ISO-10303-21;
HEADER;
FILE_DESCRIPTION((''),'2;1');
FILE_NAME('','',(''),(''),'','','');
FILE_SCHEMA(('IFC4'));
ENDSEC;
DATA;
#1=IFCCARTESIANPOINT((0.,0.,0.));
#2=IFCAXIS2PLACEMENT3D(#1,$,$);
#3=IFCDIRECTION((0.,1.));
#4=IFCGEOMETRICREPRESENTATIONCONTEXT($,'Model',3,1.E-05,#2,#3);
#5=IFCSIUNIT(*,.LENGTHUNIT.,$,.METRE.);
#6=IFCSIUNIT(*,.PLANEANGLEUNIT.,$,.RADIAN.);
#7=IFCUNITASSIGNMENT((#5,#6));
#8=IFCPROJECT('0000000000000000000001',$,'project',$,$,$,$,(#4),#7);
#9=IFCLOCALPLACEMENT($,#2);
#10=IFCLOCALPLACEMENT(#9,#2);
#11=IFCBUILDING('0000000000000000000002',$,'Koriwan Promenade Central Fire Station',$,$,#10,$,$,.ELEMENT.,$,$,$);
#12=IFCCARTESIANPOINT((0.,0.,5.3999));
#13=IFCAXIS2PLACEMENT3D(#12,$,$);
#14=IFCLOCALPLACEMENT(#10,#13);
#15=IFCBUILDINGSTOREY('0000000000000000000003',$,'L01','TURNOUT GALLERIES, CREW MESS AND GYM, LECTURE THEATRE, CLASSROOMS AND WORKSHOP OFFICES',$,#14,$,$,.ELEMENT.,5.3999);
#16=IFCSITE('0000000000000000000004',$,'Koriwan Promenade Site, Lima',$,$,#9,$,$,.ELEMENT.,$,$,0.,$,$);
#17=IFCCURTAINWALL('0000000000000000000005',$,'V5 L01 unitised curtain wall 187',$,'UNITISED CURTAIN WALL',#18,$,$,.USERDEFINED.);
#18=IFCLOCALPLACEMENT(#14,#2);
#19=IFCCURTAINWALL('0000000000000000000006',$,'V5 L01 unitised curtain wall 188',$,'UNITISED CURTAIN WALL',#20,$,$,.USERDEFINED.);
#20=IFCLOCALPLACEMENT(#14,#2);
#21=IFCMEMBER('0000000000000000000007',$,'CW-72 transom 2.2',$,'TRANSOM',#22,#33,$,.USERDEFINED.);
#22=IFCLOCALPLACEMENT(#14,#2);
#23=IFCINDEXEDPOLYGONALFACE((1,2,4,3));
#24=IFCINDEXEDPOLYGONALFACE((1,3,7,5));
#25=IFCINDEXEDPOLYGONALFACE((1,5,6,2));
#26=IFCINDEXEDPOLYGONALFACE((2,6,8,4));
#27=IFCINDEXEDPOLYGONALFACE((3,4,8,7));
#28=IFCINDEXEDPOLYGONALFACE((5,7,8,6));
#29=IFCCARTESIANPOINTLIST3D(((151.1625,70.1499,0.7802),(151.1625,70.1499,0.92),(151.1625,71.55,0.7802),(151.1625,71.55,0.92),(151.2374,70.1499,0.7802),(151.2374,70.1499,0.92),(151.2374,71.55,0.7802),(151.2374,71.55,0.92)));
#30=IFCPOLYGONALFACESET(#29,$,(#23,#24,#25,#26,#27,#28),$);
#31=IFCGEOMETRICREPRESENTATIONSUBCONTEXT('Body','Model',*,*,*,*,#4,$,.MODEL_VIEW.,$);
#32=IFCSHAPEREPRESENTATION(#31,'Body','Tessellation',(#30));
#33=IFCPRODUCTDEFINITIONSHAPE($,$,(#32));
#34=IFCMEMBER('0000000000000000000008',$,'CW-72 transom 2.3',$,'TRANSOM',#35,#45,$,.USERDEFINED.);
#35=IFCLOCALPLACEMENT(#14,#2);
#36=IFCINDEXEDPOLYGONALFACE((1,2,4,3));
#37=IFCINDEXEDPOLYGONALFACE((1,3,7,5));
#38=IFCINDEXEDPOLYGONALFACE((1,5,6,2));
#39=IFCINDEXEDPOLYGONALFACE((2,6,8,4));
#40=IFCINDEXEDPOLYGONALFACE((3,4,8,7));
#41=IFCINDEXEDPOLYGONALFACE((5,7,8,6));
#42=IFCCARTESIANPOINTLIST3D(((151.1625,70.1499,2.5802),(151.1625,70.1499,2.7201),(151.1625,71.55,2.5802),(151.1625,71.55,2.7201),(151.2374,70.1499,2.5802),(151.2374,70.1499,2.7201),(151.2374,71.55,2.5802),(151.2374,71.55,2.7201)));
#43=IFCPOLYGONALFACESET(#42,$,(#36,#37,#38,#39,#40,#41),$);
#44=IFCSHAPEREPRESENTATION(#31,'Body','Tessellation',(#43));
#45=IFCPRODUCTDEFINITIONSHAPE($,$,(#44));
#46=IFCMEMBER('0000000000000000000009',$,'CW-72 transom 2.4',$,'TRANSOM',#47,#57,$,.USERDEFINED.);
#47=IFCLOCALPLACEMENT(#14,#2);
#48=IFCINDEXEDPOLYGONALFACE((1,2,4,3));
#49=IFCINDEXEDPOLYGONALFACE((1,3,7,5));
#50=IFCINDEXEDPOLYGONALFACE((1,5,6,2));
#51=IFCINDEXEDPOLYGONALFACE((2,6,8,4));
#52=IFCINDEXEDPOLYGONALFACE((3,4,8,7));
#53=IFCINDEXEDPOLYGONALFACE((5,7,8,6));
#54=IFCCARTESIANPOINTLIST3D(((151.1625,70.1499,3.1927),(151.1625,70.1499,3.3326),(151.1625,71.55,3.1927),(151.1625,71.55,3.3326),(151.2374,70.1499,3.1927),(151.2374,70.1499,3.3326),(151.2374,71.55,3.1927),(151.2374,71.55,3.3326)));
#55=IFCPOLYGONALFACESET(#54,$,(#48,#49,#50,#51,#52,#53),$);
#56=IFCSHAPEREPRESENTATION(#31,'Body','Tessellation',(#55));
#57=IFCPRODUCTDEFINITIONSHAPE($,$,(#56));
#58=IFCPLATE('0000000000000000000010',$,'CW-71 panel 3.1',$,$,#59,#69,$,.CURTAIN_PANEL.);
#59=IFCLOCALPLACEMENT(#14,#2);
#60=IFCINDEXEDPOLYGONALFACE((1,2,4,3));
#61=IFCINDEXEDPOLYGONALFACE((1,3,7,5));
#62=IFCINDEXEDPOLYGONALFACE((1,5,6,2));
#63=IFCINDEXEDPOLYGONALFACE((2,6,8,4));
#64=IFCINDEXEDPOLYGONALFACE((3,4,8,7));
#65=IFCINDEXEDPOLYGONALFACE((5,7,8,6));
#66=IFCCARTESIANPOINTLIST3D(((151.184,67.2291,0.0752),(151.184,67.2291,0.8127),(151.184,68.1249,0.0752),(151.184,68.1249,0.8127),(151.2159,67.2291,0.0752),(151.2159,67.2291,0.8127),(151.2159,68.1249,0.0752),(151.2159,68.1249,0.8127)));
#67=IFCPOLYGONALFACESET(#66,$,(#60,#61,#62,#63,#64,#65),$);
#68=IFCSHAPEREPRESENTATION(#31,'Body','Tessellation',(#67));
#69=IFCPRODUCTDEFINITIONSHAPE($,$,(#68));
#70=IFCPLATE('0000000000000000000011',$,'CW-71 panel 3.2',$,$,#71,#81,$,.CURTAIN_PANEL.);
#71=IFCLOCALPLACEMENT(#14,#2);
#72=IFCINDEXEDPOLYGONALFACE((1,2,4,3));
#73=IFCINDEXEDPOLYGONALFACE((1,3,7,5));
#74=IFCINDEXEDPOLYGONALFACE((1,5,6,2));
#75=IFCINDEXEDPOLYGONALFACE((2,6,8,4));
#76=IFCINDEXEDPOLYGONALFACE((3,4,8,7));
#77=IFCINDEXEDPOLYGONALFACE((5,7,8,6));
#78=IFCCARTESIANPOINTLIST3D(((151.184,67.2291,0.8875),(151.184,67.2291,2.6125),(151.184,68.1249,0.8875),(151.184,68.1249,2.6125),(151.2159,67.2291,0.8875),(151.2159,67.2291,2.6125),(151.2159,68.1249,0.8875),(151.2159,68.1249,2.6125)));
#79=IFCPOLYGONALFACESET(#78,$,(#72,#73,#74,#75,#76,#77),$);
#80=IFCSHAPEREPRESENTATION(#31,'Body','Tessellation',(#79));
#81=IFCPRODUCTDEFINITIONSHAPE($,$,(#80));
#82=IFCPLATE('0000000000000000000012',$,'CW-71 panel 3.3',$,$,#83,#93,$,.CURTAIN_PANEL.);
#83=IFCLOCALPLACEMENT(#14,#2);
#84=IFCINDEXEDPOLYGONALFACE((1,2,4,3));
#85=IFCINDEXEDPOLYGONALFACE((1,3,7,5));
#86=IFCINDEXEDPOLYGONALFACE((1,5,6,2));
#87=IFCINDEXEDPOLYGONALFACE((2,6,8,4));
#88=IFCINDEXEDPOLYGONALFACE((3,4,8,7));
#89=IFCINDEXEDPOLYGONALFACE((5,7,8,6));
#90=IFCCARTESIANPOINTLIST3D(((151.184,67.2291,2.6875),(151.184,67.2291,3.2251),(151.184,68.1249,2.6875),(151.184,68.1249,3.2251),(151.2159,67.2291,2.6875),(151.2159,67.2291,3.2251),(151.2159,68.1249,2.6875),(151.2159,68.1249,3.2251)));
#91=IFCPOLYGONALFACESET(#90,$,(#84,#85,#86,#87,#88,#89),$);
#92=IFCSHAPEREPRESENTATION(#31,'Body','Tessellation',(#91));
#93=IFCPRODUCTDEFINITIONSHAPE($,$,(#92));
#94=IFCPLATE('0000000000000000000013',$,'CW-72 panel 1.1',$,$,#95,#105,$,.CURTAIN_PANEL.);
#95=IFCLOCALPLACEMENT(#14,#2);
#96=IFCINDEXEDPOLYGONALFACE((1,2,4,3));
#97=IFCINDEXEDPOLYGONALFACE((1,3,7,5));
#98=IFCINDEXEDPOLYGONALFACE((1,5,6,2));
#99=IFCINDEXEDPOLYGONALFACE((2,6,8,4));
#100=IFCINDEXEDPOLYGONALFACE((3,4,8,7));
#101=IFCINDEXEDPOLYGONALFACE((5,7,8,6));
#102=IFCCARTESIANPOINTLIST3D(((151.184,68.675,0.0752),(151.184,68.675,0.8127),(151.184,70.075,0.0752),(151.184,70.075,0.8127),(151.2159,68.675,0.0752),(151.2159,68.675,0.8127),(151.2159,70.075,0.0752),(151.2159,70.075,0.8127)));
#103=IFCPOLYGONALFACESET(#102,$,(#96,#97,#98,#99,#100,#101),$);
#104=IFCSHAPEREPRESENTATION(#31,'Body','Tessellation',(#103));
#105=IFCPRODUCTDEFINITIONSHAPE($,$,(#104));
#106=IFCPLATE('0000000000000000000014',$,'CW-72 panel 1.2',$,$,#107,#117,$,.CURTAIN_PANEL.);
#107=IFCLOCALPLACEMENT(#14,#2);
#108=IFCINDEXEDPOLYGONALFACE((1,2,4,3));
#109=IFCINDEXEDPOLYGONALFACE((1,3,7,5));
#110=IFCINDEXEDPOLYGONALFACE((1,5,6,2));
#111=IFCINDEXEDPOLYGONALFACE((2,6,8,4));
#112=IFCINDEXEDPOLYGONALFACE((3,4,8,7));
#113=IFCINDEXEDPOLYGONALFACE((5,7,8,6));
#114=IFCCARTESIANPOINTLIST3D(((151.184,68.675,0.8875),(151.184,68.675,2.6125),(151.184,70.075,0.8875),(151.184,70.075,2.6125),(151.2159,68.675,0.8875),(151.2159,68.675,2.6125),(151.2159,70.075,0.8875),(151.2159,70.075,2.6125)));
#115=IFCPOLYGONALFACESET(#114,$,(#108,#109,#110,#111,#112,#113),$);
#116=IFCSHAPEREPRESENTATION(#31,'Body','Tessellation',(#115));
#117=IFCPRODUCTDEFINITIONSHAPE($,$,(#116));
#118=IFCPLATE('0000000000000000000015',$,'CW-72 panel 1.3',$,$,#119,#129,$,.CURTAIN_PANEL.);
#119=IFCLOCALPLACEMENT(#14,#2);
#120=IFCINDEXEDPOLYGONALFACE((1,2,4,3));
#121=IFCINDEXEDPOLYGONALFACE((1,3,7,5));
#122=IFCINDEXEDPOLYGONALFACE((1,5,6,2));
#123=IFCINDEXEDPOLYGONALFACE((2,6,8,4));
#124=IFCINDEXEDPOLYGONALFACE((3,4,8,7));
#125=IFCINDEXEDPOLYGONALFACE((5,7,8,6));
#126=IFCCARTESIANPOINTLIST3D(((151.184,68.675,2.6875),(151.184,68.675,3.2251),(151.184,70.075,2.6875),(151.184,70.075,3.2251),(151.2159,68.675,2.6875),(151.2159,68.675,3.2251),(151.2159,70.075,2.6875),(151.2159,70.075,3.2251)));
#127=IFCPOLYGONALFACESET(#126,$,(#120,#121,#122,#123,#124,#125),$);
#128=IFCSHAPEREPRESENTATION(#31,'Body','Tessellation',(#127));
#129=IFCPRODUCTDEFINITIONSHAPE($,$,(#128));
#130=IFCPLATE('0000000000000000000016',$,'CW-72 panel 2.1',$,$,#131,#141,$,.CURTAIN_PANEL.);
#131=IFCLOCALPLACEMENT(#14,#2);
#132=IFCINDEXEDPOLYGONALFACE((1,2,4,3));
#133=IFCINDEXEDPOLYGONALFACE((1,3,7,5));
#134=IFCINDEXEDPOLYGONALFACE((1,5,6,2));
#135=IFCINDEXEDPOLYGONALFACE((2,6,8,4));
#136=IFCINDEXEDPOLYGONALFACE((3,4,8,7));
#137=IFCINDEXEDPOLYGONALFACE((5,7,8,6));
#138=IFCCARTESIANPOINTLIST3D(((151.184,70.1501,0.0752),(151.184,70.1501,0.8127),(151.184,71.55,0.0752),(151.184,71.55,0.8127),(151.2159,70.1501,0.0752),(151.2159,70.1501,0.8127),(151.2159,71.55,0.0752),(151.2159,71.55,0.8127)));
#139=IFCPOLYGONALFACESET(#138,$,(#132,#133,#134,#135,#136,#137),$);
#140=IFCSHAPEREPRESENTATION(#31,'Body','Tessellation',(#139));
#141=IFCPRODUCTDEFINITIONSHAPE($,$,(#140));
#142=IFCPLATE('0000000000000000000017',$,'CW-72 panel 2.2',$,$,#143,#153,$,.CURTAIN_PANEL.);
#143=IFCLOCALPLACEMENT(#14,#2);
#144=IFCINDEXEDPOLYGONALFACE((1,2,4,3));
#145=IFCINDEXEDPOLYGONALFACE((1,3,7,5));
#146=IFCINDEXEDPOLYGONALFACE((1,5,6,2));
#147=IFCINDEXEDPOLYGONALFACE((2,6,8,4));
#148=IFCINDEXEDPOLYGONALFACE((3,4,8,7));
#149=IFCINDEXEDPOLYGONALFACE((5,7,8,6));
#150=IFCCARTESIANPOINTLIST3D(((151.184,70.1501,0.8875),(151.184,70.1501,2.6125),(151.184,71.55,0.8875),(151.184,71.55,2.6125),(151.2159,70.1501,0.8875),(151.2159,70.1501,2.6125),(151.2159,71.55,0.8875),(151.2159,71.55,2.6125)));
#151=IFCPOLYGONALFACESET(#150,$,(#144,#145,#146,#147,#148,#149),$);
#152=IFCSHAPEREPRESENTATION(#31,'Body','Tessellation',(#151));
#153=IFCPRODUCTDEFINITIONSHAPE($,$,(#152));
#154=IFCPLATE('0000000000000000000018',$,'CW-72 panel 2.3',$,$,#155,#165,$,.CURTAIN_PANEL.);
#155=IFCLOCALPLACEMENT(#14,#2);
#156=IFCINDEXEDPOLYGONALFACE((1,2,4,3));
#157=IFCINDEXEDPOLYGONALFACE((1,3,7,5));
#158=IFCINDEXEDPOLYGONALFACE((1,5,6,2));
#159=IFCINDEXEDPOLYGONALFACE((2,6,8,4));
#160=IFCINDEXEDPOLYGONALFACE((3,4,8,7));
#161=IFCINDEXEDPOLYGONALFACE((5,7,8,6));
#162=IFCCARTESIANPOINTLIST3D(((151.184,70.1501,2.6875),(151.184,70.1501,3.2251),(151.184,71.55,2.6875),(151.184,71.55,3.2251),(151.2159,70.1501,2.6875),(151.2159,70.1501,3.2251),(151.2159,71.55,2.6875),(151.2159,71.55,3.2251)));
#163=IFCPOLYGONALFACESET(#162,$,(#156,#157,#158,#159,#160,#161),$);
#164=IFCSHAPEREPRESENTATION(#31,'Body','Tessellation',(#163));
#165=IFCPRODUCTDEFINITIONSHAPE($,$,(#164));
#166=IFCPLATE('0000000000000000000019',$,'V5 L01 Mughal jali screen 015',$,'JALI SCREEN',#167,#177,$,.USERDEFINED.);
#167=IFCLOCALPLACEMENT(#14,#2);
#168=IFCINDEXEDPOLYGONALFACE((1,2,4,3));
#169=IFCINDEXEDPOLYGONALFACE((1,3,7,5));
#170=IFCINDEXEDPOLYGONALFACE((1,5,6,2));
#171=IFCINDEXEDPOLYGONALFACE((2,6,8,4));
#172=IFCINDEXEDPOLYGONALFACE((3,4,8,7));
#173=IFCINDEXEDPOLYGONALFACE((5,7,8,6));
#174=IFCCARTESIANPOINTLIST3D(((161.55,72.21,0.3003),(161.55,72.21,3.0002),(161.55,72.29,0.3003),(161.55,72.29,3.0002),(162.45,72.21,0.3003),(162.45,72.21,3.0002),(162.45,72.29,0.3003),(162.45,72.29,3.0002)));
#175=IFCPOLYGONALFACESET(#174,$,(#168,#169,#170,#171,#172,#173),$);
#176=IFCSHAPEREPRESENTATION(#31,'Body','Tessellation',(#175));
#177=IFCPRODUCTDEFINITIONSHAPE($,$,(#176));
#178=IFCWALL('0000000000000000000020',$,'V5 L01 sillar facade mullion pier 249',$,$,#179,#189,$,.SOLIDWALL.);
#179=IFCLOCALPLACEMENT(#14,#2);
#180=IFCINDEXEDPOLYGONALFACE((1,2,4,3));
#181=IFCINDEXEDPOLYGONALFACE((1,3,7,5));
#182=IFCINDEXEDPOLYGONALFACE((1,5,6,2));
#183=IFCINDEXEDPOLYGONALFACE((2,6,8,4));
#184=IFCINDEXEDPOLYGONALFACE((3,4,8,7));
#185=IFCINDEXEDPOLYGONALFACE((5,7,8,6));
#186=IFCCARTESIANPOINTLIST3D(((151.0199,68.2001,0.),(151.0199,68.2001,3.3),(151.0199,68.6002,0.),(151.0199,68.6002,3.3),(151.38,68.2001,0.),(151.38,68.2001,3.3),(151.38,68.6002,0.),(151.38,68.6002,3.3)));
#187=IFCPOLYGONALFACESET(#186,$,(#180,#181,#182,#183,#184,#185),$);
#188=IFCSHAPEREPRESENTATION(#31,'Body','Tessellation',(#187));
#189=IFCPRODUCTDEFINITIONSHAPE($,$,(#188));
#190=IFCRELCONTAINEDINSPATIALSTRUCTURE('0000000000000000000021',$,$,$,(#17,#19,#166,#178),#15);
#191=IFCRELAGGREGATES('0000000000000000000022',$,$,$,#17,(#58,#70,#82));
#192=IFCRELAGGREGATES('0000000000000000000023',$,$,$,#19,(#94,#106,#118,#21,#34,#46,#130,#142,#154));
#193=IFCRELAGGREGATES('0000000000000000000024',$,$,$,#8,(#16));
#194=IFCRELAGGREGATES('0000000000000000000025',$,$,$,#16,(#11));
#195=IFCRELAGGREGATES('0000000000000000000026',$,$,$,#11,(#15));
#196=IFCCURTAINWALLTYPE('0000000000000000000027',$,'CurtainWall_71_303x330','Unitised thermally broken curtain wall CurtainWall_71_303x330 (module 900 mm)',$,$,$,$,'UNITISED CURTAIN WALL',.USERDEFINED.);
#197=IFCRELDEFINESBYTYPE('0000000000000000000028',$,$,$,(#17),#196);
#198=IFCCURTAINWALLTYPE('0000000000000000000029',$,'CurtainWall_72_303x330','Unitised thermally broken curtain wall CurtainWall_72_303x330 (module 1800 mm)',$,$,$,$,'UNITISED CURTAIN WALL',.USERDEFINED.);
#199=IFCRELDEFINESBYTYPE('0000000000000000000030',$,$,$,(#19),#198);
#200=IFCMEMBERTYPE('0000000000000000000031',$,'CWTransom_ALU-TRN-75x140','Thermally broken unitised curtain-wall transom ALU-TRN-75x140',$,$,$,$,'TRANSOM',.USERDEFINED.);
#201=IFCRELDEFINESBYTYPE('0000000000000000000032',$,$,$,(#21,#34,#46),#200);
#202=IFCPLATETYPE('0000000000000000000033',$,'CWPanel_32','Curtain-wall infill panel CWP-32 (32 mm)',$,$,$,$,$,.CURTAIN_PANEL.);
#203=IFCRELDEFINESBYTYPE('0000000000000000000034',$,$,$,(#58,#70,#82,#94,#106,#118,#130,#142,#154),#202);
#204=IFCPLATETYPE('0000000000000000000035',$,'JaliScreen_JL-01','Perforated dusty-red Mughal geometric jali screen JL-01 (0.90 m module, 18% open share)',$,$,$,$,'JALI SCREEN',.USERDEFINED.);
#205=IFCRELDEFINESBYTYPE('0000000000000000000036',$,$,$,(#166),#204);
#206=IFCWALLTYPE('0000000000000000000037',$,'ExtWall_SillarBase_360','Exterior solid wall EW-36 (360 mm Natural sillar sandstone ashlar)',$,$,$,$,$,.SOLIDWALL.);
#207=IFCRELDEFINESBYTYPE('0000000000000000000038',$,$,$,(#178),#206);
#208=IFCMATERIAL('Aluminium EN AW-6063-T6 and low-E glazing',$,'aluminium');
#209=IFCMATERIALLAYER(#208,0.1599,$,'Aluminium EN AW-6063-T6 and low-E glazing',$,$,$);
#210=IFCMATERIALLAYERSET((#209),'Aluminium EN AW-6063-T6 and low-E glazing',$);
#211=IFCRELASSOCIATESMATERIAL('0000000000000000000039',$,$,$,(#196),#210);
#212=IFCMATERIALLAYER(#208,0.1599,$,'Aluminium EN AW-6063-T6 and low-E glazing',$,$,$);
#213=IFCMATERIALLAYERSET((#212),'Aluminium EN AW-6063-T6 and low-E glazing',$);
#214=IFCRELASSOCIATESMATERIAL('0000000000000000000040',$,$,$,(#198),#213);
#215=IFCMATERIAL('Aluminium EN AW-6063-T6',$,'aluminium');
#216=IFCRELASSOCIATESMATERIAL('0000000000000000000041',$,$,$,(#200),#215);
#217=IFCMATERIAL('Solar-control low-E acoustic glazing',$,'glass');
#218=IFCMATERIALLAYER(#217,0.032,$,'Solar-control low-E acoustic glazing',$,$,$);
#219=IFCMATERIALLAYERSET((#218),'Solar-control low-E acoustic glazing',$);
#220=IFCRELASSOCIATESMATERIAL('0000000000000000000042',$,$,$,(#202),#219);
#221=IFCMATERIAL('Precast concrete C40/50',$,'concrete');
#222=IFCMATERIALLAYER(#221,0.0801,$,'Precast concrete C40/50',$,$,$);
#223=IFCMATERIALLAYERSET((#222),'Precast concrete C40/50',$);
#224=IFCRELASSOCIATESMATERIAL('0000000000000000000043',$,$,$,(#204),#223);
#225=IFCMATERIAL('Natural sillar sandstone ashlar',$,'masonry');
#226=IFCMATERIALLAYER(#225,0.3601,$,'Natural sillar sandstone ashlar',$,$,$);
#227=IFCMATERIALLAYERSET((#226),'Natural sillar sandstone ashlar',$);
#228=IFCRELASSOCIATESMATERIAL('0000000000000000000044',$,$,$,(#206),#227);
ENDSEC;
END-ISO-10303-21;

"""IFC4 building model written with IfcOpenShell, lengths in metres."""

from ifc_helpers import new_model, si_unit, direction, frame, frame_2d, origin, origin_2d, place, context, subcontext, project, spatial, rectangle, extrude, material, layer, layer_set, material_profile, profile_set, type_object, element, aggregate, save


model = new_model("IFC4")

# Units and contexts
model_context = context("Model", 3, precision=1e-05, world=origin(), true_north=direction((0.0, 1.0)))
body_context = subcontext(model_context, "Body", "Model", "MODEL_VIEW")
ifc_project = project(units=[si_unit("LENGTHUNIT", "METRE"), si_unit("PLANEANGLEUNIT", "RADIAN")], contexts=[model_context])

# Site, building, storey
site_placement = place(None, origin())
site = spatial("IfcSite", under=ifc_project, at=site_placement, Name="Koriwan Promenade Site, Lima", CompositionType="ELEMENT", RefElevation=0.0)
building_placement = place(site_placement, origin())
building = spatial("IfcBuilding", under=site, at=building_placement, Name="Koriwan Promenade Central Fire Station", CompositionType="ELEMENT")
storey_placement = place(building_placement, frame((0.0, 0.0, 5.3999)))
storey = spatial("IfcBuildingStorey", under=building, at=storey_placement, Name="L01", Description="TURNOUT GALLERIES, CREW MESS AND GYM, LECTURE THEATRE, CLASSROOMS AND WORKSHOP OFFICES", CompositionType="ELEMENT", Elevation=5.3999)

# Curtain wall
ifc_material_1 = material(Name="Aluminium EN AW-6063-T6 and low-E glazing", Category="aluminium")
ifc_layer_1 = layer(ifc_material_1, 0.1599, Name="Aluminium EN AW-6063-T6 and low-E glazing")
ifc_layer_set_1 = layer_set([ifc_layer_1], Name="Aluminium EN AW-6063-T6 and low-E glazing")
curtain_wall_type_1 = type_object("IfcCurtainWallType", Name="CurtainWall_71_303x330", Description="Unitised thermally broken curtain wall CurtainWall_71_303x330 (module 900 mm)", ElementType="UNITISED CURTAIN WALL", PredefinedType="USERDEFINED", material=ifc_layer_set_1)
curtain_wall_1_placement = place(storey_placement, origin())
curtain_wall_1 = element("IfcCurtainWall", 1, at=curtain_wall_1_placement, inside=storey, type_object=curtain_wall_type_1, Name="V5 L01 unitised curtain wall 187", ObjectType="UNITISED CURTAIN WALL", PredefinedType="USERDEFINED")
ifc_material_2 = material(Name="Aluminium EN AW-6063-T6", Category="aluminium")

# Curtain wall
ifc_layer_2 = layer(ifc_material_1, 0.1599, Name="Aluminium EN AW-6063-T6 and low-E glazing")
ifc_layer_set_2 = layer_set([ifc_layer_2], Name="Aluminium EN AW-6063-T6 and low-E glazing")
curtain_wall_type_2 = type_object("IfcCurtainWallType", Name="CurtainWall_72_303x330", Description="Unitised thermally broken curtain wall CurtainWall_72_303x330 (module 1800 mm)", ElementType="UNITISED CURTAIN WALL", PredefinedType="USERDEFINED", material=ifc_layer_set_2)
curtain_wall_2_placement = place(storey_placement, origin())
curtain_wall_2 = element("IfcCurtainWall", 2, at=curtain_wall_2_placement, inside=storey, type_object=curtain_wall_type_2, Name="V5 L01 unitised curtain wall 188", ObjectType="UNITISED CURTAIN WALL", PredefinedType="USERDEFINED")

# Members
ifc_material_profile_1 = material_profile(ifc_material_2, rectangle(XDim=0.075, YDim=0.1399, at=origin_2d()), Name="ALU-TRN-75x140")
ifc_profile_set_1 = profile_set([ifc_material_profile_1], Name="Aluminium EN AW-6063-T6")
member_type_1 = type_object("IfcMemberType", Name="CWTransom_ALU-TRN-75x140", Description="Thermally broken unitised curtain-wall transom ALU-TRN-75x140", ElementType="TRANSOM", PredefinedType="USERDEFINED", material=ifc_profile_set_1)
member_1_placement = place(storey_placement, frame((151.2, 70.1499, 0.8501), z_axis=(0.0, 1.0, 0.0), x_axis=(-1.0, 0.0, 0.0)))
member_1 = element("IfcMember", 3, at=member_1_placement, type_object=member_type_1, Name="CW-72 transom 2.2", ObjectType="TRANSOM", PredefinedType="USERDEFINED", context=body_context, shape_type="SweptSolid", body=[
    extrude(rectangle(XDim=0.075, YDim=0.1399, at=origin_2d()), origin(), (0.0, 0.0, 1.0), 1.4001),
])
member_2_placement = place(storey_placement, frame((151.2, 70.1499, 2.6501), z_axis=(0.0, 1.0, 0.0), x_axis=(-1.0, 0.0, 0.0)))
member_2 = element("IfcMember", 4, at=member_2_placement, type_object=member_type_1, Name="CW-72 transom 2.3", ObjectType="TRANSOM", PredefinedType="USERDEFINED", context=body_context, shape_type="SweptSolid", body=[
    extrude(rectangle(XDim=0.075, YDim=0.1399, at=origin_2d()), origin(), (0.0, 0.0, 1.0), 1.4001),
])
member_3_placement = place(storey_placement, frame((151.2, 70.1499, 3.2627), z_axis=(0.0, 1.0, 0.0), x_axis=(-1.0, 0.0, 0.0)))
member_3 = element("IfcMember", 5, at=member_3_placement, type_object=member_type_1, Name="CW-72 transom 2.4", ObjectType="TRANSOM", PredefinedType="USERDEFINED", context=body_context, shape_type="SweptSolid", body=[
    extrude(rectangle(XDim=0.075, YDim=0.1399, at=origin_2d()), origin(), (0.0, 0.0, 1.0), 1.4001),
])

# Plates
ifc_material_3 = material(Name="Solar-control low-E acoustic glazing", Category="glass")
ifc_layer_3 = layer(ifc_material_3, 0.032, Name="Solar-control low-E acoustic glazing")
ifc_layer_set_3 = layer_set([ifc_layer_3], Name="Solar-control low-E acoustic glazing")
plate_type_1 = type_object("IfcPlateType", Name="CWPanel_32", Description="Curtain-wall infill panel CWP-32 (32 mm)", PredefinedType="CURTAIN_PANEL", material=ifc_layer_set_3)
plate_1_placement = place(storey_placement, frame((151.2, 67.677, 0.0752), z_axis=(0.0, 0.0, 1.0), x_axis=(0.0, 1.0, 0.0)))
plate_1 = element("IfcPlate", 6, at=plate_1_placement, type_object=plate_type_1, Name="CW-71 panel 3.1", PredefinedType="CURTAIN_PANEL", context=body_context, shape_type="SweptSolid", body=[
    extrude(rectangle(XDim=0.8958, YDim=0.032, at=origin_2d()), origin(), (0.0, 0.0, 1.0), 0.7375),
])
plate_2_placement = place(storey_placement, frame((151.2, 67.677, 0.8875), z_axis=(0.0, 0.0, 1.0), x_axis=(0.0, 1.0, 0.0)))
plate_2 = element("IfcPlate", 7, at=plate_2_placement, type_object=plate_type_1, Name="CW-71 panel 3.2", PredefinedType="CURTAIN_PANEL", context=body_context, shape_type="SweptSolid", body=[
    extrude(rectangle(XDim=0.8958, YDim=0.032, at=origin_2d()), origin(), (0.0, 0.0, 1.0), 1.7251),
])
plate_3_placement = place(storey_placement, frame((151.2, 67.677, 2.6875), z_axis=(0.0, 0.0, 1.0), x_axis=(0.0, 1.0, 0.0)))
plate_3 = element("IfcPlate", 8, at=plate_3_placement, type_object=plate_type_1, Name="CW-71 panel 3.3", PredefinedType="CURTAIN_PANEL", context=body_context, shape_type="SweptSolid", body=[
    extrude(rectangle(XDim=0.8958, YDim=0.032, at=origin_2d()), origin(), (0.0, 0.0, 1.0), 0.5376),
])
aggregate(curtain_wall_1, [plate_1, plate_2, plate_3])
plate_4_placement = place(storey_placement, frame((151.2, 69.375, 0.0752), z_axis=(0.0, 0.0, 1.0), x_axis=(0.0, 1.0, 0.0)))
plate_4 = element("IfcPlate", 9, at=plate_4_placement, type_object=plate_type_1, Name="CW-72 panel 1.1", PredefinedType="CURTAIN_PANEL", context=body_context, shape_type="SweptSolid", body=[
    extrude(rectangle(XDim=1.3999, YDim=0.032, at=origin_2d()), origin(), (0.0, 0.0, 1.0), 0.7375),
])
plate_5_placement = place(storey_placement, frame((151.2, 69.375, 0.8875), z_axis=(0.0, 0.0, 1.0), x_axis=(0.0, 1.0, 0.0)))
plate_5 = element("IfcPlate", 10, at=plate_5_placement, type_object=plate_type_1, Name="CW-72 panel 1.2", PredefinedType="CURTAIN_PANEL", context=body_context, shape_type="SweptSolid", body=[
    extrude(rectangle(XDim=1.3999, YDim=0.032, at=origin_2d()), origin(), (0.0, 0.0, 1.0), 1.7251),
])
plate_6_placement = place(storey_placement, frame((151.2, 69.375, 2.6875), z_axis=(0.0, 0.0, 1.0), x_axis=(0.0, 1.0, 0.0)))
plate_6 = element("IfcPlate", 11, at=plate_6_placement, type_object=plate_type_1, Name="CW-72 panel 1.3", PredefinedType="CURTAIN_PANEL", context=body_context, shape_type="SweptSolid", body=[
    extrude(rectangle(XDim=1.3999, YDim=0.032, at=origin_2d()), origin(), (0.0, 0.0, 1.0), 0.5376),
])
plate_7_placement = place(storey_placement, frame((151.2, 70.8501, 0.0752), z_axis=(0.0, 0.0, 1.0), x_axis=(0.0, 1.0, 0.0)))
plate_7 = element("IfcPlate", 12, at=plate_7_placement, type_object=plate_type_1, Name="CW-72 panel 2.1", PredefinedType="CURTAIN_PANEL", context=body_context, shape_type="SweptSolid", body=[
    extrude(rectangle(XDim=1.3999, YDim=0.032, at=origin_2d()), origin(), (0.0, 0.0, 1.0), 0.7375),
])
plate_8_placement = place(storey_placement, frame((151.2, 70.8501, 0.8875), z_axis=(0.0, 0.0, 1.0), x_axis=(0.0, 1.0, 0.0)))
plate_8 = element("IfcPlate", 13, at=plate_8_placement, type_object=plate_type_1, Name="CW-72 panel 2.2", PredefinedType="CURTAIN_PANEL", context=body_context, shape_type="SweptSolid", body=[
    extrude(rectangle(XDim=1.3999, YDim=0.032, at=origin_2d()), origin(), (0.0, 0.0, 1.0), 1.7251),
])
plate_9_placement = place(storey_placement, frame((151.2, 70.8501, 2.6875), z_axis=(0.0, 0.0, 1.0), x_axis=(0.0, 1.0, 0.0)))
plate_9 = element("IfcPlate", 14, at=plate_9_placement, type_object=plate_type_1, Name="CW-72 panel 2.3", PredefinedType="CURTAIN_PANEL", context=body_context, shape_type="SweptSolid", body=[
    extrude(rectangle(XDim=1.3999, YDim=0.032, at=origin_2d()), origin(), (0.0, 0.0, 1.0), 0.5376),
])
aggregate(curtain_wall_2, [plate_4, plate_5, plate_6, member_1, member_2, member_3, plate_7, plate_8, plate_9])
ifc_material_4 = material(Name="Precast concrete C40/50", Category="concrete")
ifc_layer_4 = layer(ifc_material_4, 0.0801, Name="Precast concrete C40/50")
ifc_layer_set_4 = layer_set([ifc_layer_4], Name="Precast concrete C40/50")
plate_type_2 = type_object("IfcPlateType", Name="JaliScreen_JL-01", Description="Perforated dusty-red Mughal geometric jali screen JL-01 (0.90 m module, 18% open share)", ElementType="JALI SCREEN", PredefinedType="USERDEFINED", material=ifc_layer_set_4)
plate_10_placement = place(storey_placement, frame((162.0, 72.25, 0.3003), z_axis=(0.0, 0.0, 1.0), x_axis=(1.0, 0.0, 0.0)))
element("IfcPlate", 15, at=plate_10_placement, inside=storey, type_object=plate_type_2, Name="V5 L01 Mughal jali screen 015", ObjectType="JALI SCREEN", PredefinedType="USERDEFINED", context=body_context, shape_type="SweptSolid", body=[
    extrude(rectangle(XDim=0.8999, YDim=0.0801, at=origin_2d()), origin(), (0.0, 0.0, 1.0), 2.7),
])

# Wall
ifc_material_5 = material(Name="Natural sillar sandstone ashlar", Category="masonry")
ifc_layer_5 = layer(ifc_material_5, 0.3601, Name="Natural sillar sandstone ashlar")
ifc_layer_set_5 = layer_set([ifc_layer_5], Name="Natural sillar sandstone ashlar")
wall_type_1 = type_object("IfcWallType", Name="ExtWall_SillarBase_360", Description="Exterior solid wall EW-36 (360 mm Natural sillar sandstone ashlar)", PredefinedType="SOLIDWALL", material=ifc_layer_set_5)
wall_1_placement = place(storey_placement, frame((151.2, 68.2, 0.0), z_axis=(0.0, 0.0, 1.0), x_axis=(0.0, 1.0, 0.0)))
element("IfcWall", 16, at=wall_1_placement, inside=storey, type_object=wall_type_1, Name="V5 L01 sillar facade mullion pier 249", PredefinedType="SOLIDWALL", context=body_context, shape_type="SweptSolid", body=[
    extrude(rectangle(XDim=0.4001, YDim=0.3601, at=frame_2d((0.2002, 0.0))), origin(), (0.0, 0.0, 1.0), 3.3),
])

save(model, "model.ifc")
